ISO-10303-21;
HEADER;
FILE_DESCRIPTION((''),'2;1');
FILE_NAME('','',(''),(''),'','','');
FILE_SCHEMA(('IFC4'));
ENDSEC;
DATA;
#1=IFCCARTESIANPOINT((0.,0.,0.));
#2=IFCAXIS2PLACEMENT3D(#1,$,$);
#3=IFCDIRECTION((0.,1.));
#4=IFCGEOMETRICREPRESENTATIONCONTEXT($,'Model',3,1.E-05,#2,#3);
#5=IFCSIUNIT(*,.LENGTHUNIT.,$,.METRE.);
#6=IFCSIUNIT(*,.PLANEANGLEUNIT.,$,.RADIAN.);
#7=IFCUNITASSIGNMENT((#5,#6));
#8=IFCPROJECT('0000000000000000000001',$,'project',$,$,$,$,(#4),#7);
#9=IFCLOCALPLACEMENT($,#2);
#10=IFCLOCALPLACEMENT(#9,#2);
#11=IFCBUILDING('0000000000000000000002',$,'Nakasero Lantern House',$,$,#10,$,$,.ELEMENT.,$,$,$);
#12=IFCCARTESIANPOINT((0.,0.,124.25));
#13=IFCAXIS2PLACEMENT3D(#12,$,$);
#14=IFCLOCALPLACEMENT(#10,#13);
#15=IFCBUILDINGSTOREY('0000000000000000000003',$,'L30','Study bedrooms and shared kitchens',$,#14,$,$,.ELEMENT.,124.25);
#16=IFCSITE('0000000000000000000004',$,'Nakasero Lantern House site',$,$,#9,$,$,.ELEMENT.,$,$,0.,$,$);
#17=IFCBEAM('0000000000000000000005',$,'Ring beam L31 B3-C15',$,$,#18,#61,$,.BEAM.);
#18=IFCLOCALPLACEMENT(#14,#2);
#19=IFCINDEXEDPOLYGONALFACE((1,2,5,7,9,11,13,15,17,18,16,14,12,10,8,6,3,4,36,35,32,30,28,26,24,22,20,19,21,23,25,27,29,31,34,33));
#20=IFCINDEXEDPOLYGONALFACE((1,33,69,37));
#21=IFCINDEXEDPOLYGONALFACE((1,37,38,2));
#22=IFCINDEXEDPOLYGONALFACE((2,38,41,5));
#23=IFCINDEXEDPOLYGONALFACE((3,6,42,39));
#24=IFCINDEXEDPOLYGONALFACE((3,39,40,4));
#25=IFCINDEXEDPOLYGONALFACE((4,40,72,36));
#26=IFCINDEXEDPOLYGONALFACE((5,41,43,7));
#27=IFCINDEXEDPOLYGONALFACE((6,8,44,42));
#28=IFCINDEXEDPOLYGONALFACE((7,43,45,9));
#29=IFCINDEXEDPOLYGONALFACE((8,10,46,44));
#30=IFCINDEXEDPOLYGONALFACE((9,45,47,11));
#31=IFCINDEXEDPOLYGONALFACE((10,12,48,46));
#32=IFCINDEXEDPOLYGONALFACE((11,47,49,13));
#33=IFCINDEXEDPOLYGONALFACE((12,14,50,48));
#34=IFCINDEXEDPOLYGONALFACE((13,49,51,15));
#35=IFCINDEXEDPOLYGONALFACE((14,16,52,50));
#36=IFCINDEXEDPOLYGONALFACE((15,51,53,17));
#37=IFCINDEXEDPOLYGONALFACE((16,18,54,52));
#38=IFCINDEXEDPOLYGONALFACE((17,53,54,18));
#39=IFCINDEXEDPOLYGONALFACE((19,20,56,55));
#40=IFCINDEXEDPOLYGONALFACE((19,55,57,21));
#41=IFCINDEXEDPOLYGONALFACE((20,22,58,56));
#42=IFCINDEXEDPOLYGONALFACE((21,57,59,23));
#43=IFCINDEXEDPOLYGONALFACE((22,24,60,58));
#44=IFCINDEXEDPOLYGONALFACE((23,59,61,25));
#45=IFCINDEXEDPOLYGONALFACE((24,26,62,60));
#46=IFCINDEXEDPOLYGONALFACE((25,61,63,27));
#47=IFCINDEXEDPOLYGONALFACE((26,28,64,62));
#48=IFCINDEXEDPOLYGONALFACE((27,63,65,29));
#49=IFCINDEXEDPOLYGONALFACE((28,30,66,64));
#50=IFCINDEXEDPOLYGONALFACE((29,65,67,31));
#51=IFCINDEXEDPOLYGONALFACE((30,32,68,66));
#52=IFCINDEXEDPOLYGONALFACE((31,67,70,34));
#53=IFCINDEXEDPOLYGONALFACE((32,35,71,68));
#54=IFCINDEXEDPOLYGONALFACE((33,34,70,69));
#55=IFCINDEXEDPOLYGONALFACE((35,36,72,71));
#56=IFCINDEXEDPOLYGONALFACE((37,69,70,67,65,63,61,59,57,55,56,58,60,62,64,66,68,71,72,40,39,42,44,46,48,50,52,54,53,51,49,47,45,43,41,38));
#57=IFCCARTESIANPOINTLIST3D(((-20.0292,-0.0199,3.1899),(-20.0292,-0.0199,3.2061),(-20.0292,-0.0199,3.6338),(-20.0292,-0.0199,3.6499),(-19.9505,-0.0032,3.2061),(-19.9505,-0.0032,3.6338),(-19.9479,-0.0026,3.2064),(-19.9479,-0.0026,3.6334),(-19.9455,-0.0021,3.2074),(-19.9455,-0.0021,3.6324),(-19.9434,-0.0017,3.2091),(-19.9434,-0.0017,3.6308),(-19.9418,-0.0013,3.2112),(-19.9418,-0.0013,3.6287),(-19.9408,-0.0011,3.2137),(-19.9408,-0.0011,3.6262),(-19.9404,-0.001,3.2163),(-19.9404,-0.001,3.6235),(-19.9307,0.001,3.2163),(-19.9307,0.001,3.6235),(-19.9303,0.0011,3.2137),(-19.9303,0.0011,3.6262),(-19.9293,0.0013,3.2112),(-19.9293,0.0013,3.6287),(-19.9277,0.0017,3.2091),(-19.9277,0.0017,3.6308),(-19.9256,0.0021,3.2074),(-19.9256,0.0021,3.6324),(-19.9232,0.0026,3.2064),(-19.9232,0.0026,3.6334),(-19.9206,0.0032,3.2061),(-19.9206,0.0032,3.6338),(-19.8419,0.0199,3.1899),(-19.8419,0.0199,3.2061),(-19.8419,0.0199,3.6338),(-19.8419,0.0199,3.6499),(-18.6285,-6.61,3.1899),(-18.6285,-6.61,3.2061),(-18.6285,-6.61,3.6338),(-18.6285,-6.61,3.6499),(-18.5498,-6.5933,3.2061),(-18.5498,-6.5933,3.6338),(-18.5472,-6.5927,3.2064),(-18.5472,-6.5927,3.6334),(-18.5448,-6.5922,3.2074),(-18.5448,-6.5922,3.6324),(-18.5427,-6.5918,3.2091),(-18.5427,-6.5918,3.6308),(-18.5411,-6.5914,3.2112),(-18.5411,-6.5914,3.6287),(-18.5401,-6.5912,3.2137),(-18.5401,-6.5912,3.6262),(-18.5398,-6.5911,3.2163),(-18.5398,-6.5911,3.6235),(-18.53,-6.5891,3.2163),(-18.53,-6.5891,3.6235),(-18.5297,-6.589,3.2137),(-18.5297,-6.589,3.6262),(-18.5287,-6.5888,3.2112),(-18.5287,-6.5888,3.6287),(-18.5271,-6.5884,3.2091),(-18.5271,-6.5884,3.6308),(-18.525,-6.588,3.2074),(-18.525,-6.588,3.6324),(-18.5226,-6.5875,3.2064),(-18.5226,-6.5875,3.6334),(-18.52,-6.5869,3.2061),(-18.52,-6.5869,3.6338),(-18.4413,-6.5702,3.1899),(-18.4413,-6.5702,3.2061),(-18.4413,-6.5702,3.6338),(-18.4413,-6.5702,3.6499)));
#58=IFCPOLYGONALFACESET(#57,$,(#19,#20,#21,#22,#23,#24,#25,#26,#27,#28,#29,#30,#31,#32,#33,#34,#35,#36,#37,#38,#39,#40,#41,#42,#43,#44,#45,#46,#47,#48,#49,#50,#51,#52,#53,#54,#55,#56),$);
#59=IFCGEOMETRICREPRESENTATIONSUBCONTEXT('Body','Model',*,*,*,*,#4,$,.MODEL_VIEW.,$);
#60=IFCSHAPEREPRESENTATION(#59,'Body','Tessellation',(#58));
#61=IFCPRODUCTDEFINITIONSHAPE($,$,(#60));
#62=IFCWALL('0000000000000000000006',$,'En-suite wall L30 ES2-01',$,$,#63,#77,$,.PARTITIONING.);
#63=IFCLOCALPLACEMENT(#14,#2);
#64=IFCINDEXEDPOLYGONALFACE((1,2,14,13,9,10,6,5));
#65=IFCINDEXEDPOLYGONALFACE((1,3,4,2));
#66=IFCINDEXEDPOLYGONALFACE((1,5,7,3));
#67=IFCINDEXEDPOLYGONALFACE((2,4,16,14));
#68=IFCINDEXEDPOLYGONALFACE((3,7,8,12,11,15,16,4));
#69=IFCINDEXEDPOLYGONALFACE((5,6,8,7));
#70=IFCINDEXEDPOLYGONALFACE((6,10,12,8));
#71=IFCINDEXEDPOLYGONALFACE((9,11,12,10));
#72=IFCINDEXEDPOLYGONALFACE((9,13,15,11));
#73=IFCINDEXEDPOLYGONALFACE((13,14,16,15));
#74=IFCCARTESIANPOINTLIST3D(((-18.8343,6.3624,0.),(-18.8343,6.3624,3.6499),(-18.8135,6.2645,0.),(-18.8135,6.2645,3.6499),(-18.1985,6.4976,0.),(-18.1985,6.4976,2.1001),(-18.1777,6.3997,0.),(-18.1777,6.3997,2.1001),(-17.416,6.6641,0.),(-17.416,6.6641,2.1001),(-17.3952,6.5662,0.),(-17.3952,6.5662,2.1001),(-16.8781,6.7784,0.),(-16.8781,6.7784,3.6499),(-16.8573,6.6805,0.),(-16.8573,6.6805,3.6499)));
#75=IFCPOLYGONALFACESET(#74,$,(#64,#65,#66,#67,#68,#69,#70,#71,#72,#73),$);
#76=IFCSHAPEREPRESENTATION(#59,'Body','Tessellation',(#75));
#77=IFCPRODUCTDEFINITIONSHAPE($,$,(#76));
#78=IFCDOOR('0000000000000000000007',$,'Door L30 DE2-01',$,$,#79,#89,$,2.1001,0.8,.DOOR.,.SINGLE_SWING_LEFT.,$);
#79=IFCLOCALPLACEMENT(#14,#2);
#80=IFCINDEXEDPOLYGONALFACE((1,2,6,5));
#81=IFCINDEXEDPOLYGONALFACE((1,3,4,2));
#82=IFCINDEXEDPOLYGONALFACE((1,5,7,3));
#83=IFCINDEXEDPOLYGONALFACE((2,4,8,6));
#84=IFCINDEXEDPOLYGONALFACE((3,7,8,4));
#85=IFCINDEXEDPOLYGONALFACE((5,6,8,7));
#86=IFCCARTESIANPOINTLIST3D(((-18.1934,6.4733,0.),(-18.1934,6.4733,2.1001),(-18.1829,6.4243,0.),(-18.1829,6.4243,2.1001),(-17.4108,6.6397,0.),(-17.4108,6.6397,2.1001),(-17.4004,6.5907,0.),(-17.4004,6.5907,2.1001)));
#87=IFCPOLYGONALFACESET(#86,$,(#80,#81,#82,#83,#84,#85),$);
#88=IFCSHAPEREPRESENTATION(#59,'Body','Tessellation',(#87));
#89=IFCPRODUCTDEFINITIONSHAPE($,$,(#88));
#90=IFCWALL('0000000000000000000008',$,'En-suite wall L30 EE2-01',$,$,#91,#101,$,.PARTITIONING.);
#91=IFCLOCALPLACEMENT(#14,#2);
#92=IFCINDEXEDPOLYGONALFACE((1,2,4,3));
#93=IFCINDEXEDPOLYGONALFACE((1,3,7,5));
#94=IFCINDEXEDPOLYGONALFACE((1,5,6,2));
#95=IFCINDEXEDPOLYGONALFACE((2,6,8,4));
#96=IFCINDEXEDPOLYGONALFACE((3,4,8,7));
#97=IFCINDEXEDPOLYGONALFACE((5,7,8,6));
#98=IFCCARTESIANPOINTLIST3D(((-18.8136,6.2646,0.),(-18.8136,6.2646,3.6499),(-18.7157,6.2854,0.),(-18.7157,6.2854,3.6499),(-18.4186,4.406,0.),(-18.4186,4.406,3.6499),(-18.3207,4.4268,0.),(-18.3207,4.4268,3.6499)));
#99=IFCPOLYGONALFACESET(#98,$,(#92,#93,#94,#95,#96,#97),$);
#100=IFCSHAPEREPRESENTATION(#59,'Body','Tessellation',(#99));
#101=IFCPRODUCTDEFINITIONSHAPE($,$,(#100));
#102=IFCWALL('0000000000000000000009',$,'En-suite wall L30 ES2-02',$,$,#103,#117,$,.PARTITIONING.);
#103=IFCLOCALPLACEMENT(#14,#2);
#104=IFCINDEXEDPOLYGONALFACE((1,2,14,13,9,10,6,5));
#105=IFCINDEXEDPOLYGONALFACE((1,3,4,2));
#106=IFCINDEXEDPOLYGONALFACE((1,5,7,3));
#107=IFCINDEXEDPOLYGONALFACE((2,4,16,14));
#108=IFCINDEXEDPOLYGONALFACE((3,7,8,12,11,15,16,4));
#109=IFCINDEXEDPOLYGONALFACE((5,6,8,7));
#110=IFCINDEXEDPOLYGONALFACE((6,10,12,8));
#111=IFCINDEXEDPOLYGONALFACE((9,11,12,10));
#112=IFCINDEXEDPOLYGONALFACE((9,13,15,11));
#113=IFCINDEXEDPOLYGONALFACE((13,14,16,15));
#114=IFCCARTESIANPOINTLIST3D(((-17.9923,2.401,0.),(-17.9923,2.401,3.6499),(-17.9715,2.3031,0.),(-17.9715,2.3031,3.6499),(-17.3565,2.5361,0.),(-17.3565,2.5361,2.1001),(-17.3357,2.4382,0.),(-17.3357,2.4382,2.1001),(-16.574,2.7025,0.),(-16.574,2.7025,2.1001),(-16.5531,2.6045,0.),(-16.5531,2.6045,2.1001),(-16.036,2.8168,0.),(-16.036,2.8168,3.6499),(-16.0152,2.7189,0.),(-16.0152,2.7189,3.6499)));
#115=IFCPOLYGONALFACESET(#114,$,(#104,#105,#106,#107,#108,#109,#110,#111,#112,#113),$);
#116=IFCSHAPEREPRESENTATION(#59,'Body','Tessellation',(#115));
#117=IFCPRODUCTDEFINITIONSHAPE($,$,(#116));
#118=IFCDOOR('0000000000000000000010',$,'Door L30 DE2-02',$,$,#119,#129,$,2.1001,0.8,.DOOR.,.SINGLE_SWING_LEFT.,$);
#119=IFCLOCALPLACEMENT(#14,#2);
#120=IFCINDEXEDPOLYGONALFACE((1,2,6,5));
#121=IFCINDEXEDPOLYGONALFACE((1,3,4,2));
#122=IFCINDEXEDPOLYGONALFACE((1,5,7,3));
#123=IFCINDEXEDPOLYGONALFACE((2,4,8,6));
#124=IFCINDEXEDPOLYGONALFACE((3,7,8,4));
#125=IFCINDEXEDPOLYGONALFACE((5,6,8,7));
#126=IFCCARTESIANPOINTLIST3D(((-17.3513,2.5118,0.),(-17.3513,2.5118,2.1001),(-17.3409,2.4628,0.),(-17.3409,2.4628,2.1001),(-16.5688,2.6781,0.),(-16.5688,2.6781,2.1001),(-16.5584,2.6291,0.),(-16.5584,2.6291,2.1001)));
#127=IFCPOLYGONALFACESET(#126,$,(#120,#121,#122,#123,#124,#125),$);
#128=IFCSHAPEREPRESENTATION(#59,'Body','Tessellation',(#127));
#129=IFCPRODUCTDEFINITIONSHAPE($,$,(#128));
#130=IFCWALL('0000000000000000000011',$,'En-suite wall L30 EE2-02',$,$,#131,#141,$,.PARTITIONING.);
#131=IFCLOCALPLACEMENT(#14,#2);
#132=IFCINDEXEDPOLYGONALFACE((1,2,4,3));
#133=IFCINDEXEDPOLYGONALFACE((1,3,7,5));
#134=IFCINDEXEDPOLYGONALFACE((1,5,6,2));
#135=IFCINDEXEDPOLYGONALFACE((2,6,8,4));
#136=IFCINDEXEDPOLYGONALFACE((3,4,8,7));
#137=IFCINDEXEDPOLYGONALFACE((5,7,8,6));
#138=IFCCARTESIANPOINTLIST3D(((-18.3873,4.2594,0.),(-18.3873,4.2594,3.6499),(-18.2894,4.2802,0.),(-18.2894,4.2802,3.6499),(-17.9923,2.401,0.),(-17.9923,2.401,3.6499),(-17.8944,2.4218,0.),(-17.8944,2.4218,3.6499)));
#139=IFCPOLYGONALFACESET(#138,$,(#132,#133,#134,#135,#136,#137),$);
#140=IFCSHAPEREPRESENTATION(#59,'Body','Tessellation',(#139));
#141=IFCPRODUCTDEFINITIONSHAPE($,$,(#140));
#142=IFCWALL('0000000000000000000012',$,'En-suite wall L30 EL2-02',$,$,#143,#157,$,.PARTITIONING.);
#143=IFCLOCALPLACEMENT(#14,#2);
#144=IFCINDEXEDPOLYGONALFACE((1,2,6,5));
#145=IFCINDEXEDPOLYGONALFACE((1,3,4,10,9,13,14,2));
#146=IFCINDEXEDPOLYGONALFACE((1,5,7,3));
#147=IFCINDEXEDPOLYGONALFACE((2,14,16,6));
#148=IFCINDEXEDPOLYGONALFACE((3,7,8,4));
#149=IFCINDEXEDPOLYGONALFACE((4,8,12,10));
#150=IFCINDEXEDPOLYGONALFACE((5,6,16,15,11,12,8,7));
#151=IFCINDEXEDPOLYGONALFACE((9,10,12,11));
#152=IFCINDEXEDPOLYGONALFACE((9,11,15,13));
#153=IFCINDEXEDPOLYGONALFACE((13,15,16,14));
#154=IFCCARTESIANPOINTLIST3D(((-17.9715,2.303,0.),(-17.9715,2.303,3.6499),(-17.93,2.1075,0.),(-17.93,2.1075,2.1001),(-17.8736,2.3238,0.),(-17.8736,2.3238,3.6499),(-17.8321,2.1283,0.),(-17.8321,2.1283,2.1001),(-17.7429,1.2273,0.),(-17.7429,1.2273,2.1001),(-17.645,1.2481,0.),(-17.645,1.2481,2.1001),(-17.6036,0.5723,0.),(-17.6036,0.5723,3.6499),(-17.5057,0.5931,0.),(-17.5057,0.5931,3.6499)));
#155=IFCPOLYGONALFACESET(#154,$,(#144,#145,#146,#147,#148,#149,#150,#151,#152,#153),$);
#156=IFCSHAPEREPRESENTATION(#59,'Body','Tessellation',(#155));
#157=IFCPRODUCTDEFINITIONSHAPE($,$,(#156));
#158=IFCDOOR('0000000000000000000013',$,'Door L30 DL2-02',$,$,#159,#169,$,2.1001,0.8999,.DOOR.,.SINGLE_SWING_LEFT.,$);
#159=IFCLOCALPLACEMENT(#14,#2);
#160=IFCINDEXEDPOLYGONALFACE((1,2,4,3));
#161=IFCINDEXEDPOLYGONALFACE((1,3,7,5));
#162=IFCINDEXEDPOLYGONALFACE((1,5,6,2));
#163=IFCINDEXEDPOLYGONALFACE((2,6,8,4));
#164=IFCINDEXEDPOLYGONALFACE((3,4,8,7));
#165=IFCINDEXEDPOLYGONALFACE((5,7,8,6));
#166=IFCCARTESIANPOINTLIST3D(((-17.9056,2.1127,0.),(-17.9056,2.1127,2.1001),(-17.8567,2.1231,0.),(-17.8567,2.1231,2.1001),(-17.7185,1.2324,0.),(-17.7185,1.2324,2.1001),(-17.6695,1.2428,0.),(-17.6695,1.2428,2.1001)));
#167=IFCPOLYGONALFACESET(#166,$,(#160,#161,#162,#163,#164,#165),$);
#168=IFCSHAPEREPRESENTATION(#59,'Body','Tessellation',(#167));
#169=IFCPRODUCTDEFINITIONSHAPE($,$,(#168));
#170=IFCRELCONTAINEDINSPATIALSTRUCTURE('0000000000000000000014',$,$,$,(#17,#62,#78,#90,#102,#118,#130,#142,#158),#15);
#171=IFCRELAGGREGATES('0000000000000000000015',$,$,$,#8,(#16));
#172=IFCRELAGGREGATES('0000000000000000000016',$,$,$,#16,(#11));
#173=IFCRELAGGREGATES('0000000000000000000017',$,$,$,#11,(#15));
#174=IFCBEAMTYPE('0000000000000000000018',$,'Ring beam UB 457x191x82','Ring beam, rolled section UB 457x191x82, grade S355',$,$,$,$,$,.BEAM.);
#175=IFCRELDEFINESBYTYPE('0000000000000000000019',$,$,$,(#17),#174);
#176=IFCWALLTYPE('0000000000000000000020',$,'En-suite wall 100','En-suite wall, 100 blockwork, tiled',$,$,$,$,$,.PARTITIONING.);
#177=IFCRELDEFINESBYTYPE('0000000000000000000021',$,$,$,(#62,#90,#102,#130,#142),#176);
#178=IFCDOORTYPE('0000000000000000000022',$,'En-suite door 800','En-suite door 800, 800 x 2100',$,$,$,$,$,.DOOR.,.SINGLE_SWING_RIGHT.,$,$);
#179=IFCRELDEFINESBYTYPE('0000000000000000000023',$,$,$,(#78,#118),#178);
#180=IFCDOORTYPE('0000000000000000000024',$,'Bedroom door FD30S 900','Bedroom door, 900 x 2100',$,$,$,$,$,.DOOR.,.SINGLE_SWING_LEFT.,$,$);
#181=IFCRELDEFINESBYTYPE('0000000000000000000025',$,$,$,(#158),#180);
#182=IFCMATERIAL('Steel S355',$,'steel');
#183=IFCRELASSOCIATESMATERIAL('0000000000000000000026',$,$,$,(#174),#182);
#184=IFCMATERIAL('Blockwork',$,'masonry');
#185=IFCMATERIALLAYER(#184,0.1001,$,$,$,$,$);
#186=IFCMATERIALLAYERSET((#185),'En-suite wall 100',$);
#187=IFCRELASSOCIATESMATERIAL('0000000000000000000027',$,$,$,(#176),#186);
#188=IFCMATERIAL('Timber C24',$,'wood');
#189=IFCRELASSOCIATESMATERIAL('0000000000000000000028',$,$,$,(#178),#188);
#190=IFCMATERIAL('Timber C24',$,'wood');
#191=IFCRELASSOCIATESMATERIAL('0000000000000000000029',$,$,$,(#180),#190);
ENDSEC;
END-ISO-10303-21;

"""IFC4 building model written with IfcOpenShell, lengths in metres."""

from ifc_helpers import new_model, si_unit, direction, frame, frame_2d, origin, origin_2d, place, context, subcontext, project, spatial, rectangle, i_section, extrude, material, layer, layer_set, material_profile, profile_set, type_object, element, fill, save


model = new_model("IFC4")

# Units and contexts
model_context = context("Model", 3, precision=1e-05, world=origin(), true_north=direction((0.0, 1.0)))
body_context = subcontext(model_context, "Body", "Model", "MODEL_VIEW")
ifc_project = project(units=[si_unit("LENGTHUNIT", "METRE"), si_unit("PLANEANGLEUNIT", "RADIAN")], contexts=[model_context])

# Site, building, storey
site_placement = place(None, origin())
site = spatial("IfcSite", under=ifc_project, at=site_placement, Name="Nakasero Lantern House site", CompositionType="ELEMENT", RefElevation=0.0)
building_placement = place(site_placement, origin())
building = spatial("IfcBuilding", under=site, at=building_placement, Name="Nakasero Lantern House", CompositionType="ELEMENT")
storey_placement = place(building_placement, frame((0.0, 0.0, 124.25)))
storey = spatial("IfcBuildingStorey", under=building, at=storey_placement, Name="L30", Description="Study bedrooms and shared kitchens", CompositionType="ELEMENT", Elevation=124.25)

# Beam
ifc_material_1 = material(Name="Steel S355", Category="steel")
ifc_material_profile_1 = material_profile(ifc_material_1, i_section(OverallWidth=0.1914, OverallDepth=0.46, WebThickness=0.01, FlangeThickness=0.0161, FilletRadius=0.0103, at=origin_2d()), Name="UB 457x191x82")
ifc_profile_set_1 = profile_set([ifc_material_profile_1], Name="Steel S355")
beam_type_1 = type_object("IfcBeamType", Name="Ring beam UB 457x191x82", Description="Ring beam, rolled section UB 457x191x82, grade S355", PredefinedType="BEAM", material=ifc_profile_set_1)
beam_1_placement = place(storey_placement, frame((-19.9355, 0.0, 3.4199), z_axis=(0.207893, -0.978152, 0.0), x_axis=(0.978152, 0.207893, 0.0)))
element("IfcBeam", 1, at=beam_1_placement, inside=storey, type_object=beam_type_1, Name="Ring beam L31 B3-C15", PredefinedType="BEAM", context=body_context, shape_type="SweptSolid", body=[
    extrude(i_section(OverallWidth=0.1914, OverallDepth=0.46, WebThickness=0.01, FlangeThickness=0.0161, FilletRadius=0.0103, at=origin_2d()), origin(), (0.0, 0.0, 1.0), 6.7373),
])

# Wall, opening, door
ifc_material_2 = material(Name="Blockwork", Category="masonry")
ifc_layer_1 = layer(ifc_material_2, 0.1001)
ifc_layer_set_1 = layer_set([ifc_layer_1], Name="En-suite wall 100")
wall_type_1 = type_object("IfcWallType", Name="En-suite wall 100", Description="En-suite wall, 100 blockwork, tiled", PredefinedType="PARTITIONING", material=ifc_layer_set_1)
wall_1_placement = place(storey_placement, frame((-16.8677, 6.7295, 0.0), z_axis=(0.0, 0.0, 1.0), x_axis=(-0.978128, -0.208003, 0.0)))
wall_1 = element("IfcWall", 2, at=wall_1_placement, inside=storey, type_object=wall_type_1, Name="En-suite wall L30 ES2-01", PredefinedType="PARTITIONING", context=body_context, shape_type="SweptSolid", body=[
    extrude(rectangle(XDim=2.0, YDim=0.1001, at=frame_2d((1.0, 0.0))), origin(), (0.0, 0.0, 1.0), 3.6499),
])
opening_1_placement = place(wall_1_placement, frame((0.55, 0.0, 0.0)))
opening_1 = element("IfcOpeningElement", 3, at=opening_1_placement, cuts=wall_1, PredefinedType="OPENING", context=body_context, shape_type="SweptSolid", body=[
    extrude(rectangle(XDim=0.8, YDim=2.1001, at=frame_2d((0.3999, 1.05))), frame((0.0, 0.0701, 0.0), z_axis=(0.0, -1.0, 0.0), x_axis=(1.0, 0.0, 0.0)), (0.0, 0.0, 1.0), 0.1401),
])
ifc_material_3 = material(Name="Timber C24", Category="wood")
door_type_1 = type_object("IfcDoorType", Name="En-suite door 800", Description="En-suite door 800, 800 x 2100", OperationType="SINGLE_SWING_RIGHT", PredefinedType="DOOR", material=ifc_material_3)
door_1_placement = place(opening_1_placement, origin())
door_1 = element("IfcDoor", 4, at=door_1_placement, inside=storey, type_object=door_type_1, Name="Door L30 DE2-01", OperationType="SINGLE_SWING_LEFT", OverallHeight=2.1001, OverallWidth=0.8, PredefinedType="DOOR", context=body_context, shape_type="SweptSolid", body=[
    extrude(rectangle(XDim=0.8, YDim=2.1001, at=frame_2d((0.3999, 1.05))), frame((0.0, 0.0249, 0.0), z_axis=(0.0, -1.0, 0.0), x_axis=(1.0, 0.0, 0.0)), (0.0, 0.0, 1.0), 0.05),
])
fill(opening_1, door_1)

# Wall
wall_2_placement = place(storey_placement, frame((-18.7646, 6.2751, 0.0), z_axis=(0.0, 0.0, 1.0), x_axis=(0.207888, -0.978153, 0.0)))
element("IfcWall", 5, at=wall_2_placement, inside=storey, type_object=wall_type_1, Name="En-suite wall L30 EE2-01", PredefinedType="PARTITIONING", context=body_context, shape_type="SweptSolid", body=[
    extrude(rectangle(XDim=1.9001, YDim=0.1001, at=frame_2d((0.9502, 0.0))), origin(), (0.0, 0.0, 1.0), 3.6499),
])

# Wall, opening, door
wall_3_placement = place(storey_placement, frame((-16.0256, 2.7678, 0.0), z_axis=(0.0, 0.0, 1.0), x_axis=(-0.978153, -0.207886, 0.0)))
wall_3 = element("IfcWall", 6, at=wall_3_placement, inside=storey, type_object=wall_type_1, Name="En-suite wall L30 ES2-02", PredefinedType="PARTITIONING", context=body_context, shape_type="SweptSolid", body=[
    extrude(rectangle(XDim=2.0, YDim=0.1001, at=frame_2d((1.0, 0.0))), origin(), (0.0, 0.0, 1.0), 3.6499),
])
opening_2_placement = place(wall_3_placement, frame((0.55, 0.0, 0.0)))
opening_2 = element("IfcOpeningElement", 7, at=opening_2_placement, cuts=wall_3, PredefinedType="OPENING", context=body_context, shape_type="SweptSolid", body=[
    extrude(rectangle(XDim=0.8, YDim=2.1001, at=frame_2d((0.3999, 1.05))), frame((0.0, 0.0701, 0.0), z_axis=(0.0, -1.0, 0.0), x_axis=(1.0, 0.0, 0.0)), (0.0, 0.0, 1.0), 0.1401),
])
door_2_placement = place(opening_2_placement, origin())
door_2 = element("IfcDoor", 8, at=door_2_placement, inside=storey, type_object=door_type_1, Name="Door L30 DE2-02", OperationType="SINGLE_SWING_LEFT", OverallHeight=2.1001, OverallWidth=0.8, PredefinedType="DOOR", context=body_context, shape_type="SweptSolid", body=[
    extrude(rectangle(XDim=0.8, YDim=2.1001, at=frame_2d((0.3999, 1.05))), frame((0.0, 0.0249, 0.0), z_axis=(0.0, -1.0, 0.0), x_axis=(1.0, 0.0, 0.0)), (0.0, 0.0, 1.0), 0.05),
])
fill(opening_2, door_2)

# Wall
wall_4_placement = place(storey_placement, frame((-18.3384, 4.2698, 0.0), z_axis=(0.0, 0.0, 1.0), x_axis=(0.207914, -0.978147, 0.0)))
element("IfcWall", 9, at=wall_4_placement, inside=storey, type_object=wall_type_1, Name="En-suite wall L30 EE2-02", PredefinedType="PARTITIONING", context=body_context, shape_type="SweptSolid", body=[
    extrude(rectangle(XDim=1.8999, YDim=0.1001, at=frame_2d((0.95, 0.0))), origin(), (0.0, 0.0, 1.0), 3.6499),
])

# Wall, opening, door
wall_5_placement = place(storey_placement, frame((-17.9226, 2.3135, 0.0), z_axis=(0.0, 0.0, 1.0), x_axis=(0.207936, -0.978142, 0.0)))
wall_5 = element("IfcWall", 10, at=wall_5_placement, inside=storey, type_object=wall_type_1, Name="En-suite wall L30 EL2-02", PredefinedType="PARTITIONING", context=body_context, shape_type="SweptSolid", body=[
    extrude(rectangle(XDim=1.7693, YDim=0.1001, at=frame_2d((0.8848, 0.0))), origin(), (0.0, 0.0, 1.0), 3.6499),
])
opening_3_placement = place(wall_5_placement, frame((0.2, 0.0, 0.0)))
opening_3 = element("IfcOpeningElement", 11, at=opening_3_placement, cuts=wall_5, PredefinedType="OPENING", context=body_context, shape_type="SweptSolid", body=[
    extrude(rectangle(XDim=0.8999, YDim=2.1001, at=frame_2d((0.45, 1.05))), frame((0.0, 0.0701, 0.0), z_axis=(0.0, -1.0, 0.0), x_axis=(1.0, 0.0, 0.0)), (0.0, 0.0, 1.0), 0.1401),
])
ifc_material_4 = material(Name="Timber C24", Category="wood")
door_type_2 = type_object("IfcDoorType", Name="Bedroom door FD30S 900", Description="Bedroom door, 900 x 2100", OperationType="SINGLE_SWING_LEFT", PredefinedType="DOOR", material=ifc_material_4)
door_3_placement = place(opening_3_placement, origin())
door_3 = element("IfcDoor", 12, at=door_3_placement, inside=storey, type_object=door_type_2, Name="Door L30 DL2-02", OperationType="SINGLE_SWING_LEFT", OverallHeight=2.1001, OverallWidth=0.8999, PredefinedType="DOOR", context=body_context, shape_type="SweptSolid", body=[
    extrude(rectangle(XDim=0.8999, YDim=2.1001, at=frame_2d((0.45, 1.05))), frame((0.0, 0.0249, 0.0), z_axis=(0.0, -1.0, 0.0), x_axis=(1.0, 0.0, 0.0)), (0.0, 0.0, 1.0), 0.05),
])
fill(opening_3, door_3)

save(model, "model.ifc")
